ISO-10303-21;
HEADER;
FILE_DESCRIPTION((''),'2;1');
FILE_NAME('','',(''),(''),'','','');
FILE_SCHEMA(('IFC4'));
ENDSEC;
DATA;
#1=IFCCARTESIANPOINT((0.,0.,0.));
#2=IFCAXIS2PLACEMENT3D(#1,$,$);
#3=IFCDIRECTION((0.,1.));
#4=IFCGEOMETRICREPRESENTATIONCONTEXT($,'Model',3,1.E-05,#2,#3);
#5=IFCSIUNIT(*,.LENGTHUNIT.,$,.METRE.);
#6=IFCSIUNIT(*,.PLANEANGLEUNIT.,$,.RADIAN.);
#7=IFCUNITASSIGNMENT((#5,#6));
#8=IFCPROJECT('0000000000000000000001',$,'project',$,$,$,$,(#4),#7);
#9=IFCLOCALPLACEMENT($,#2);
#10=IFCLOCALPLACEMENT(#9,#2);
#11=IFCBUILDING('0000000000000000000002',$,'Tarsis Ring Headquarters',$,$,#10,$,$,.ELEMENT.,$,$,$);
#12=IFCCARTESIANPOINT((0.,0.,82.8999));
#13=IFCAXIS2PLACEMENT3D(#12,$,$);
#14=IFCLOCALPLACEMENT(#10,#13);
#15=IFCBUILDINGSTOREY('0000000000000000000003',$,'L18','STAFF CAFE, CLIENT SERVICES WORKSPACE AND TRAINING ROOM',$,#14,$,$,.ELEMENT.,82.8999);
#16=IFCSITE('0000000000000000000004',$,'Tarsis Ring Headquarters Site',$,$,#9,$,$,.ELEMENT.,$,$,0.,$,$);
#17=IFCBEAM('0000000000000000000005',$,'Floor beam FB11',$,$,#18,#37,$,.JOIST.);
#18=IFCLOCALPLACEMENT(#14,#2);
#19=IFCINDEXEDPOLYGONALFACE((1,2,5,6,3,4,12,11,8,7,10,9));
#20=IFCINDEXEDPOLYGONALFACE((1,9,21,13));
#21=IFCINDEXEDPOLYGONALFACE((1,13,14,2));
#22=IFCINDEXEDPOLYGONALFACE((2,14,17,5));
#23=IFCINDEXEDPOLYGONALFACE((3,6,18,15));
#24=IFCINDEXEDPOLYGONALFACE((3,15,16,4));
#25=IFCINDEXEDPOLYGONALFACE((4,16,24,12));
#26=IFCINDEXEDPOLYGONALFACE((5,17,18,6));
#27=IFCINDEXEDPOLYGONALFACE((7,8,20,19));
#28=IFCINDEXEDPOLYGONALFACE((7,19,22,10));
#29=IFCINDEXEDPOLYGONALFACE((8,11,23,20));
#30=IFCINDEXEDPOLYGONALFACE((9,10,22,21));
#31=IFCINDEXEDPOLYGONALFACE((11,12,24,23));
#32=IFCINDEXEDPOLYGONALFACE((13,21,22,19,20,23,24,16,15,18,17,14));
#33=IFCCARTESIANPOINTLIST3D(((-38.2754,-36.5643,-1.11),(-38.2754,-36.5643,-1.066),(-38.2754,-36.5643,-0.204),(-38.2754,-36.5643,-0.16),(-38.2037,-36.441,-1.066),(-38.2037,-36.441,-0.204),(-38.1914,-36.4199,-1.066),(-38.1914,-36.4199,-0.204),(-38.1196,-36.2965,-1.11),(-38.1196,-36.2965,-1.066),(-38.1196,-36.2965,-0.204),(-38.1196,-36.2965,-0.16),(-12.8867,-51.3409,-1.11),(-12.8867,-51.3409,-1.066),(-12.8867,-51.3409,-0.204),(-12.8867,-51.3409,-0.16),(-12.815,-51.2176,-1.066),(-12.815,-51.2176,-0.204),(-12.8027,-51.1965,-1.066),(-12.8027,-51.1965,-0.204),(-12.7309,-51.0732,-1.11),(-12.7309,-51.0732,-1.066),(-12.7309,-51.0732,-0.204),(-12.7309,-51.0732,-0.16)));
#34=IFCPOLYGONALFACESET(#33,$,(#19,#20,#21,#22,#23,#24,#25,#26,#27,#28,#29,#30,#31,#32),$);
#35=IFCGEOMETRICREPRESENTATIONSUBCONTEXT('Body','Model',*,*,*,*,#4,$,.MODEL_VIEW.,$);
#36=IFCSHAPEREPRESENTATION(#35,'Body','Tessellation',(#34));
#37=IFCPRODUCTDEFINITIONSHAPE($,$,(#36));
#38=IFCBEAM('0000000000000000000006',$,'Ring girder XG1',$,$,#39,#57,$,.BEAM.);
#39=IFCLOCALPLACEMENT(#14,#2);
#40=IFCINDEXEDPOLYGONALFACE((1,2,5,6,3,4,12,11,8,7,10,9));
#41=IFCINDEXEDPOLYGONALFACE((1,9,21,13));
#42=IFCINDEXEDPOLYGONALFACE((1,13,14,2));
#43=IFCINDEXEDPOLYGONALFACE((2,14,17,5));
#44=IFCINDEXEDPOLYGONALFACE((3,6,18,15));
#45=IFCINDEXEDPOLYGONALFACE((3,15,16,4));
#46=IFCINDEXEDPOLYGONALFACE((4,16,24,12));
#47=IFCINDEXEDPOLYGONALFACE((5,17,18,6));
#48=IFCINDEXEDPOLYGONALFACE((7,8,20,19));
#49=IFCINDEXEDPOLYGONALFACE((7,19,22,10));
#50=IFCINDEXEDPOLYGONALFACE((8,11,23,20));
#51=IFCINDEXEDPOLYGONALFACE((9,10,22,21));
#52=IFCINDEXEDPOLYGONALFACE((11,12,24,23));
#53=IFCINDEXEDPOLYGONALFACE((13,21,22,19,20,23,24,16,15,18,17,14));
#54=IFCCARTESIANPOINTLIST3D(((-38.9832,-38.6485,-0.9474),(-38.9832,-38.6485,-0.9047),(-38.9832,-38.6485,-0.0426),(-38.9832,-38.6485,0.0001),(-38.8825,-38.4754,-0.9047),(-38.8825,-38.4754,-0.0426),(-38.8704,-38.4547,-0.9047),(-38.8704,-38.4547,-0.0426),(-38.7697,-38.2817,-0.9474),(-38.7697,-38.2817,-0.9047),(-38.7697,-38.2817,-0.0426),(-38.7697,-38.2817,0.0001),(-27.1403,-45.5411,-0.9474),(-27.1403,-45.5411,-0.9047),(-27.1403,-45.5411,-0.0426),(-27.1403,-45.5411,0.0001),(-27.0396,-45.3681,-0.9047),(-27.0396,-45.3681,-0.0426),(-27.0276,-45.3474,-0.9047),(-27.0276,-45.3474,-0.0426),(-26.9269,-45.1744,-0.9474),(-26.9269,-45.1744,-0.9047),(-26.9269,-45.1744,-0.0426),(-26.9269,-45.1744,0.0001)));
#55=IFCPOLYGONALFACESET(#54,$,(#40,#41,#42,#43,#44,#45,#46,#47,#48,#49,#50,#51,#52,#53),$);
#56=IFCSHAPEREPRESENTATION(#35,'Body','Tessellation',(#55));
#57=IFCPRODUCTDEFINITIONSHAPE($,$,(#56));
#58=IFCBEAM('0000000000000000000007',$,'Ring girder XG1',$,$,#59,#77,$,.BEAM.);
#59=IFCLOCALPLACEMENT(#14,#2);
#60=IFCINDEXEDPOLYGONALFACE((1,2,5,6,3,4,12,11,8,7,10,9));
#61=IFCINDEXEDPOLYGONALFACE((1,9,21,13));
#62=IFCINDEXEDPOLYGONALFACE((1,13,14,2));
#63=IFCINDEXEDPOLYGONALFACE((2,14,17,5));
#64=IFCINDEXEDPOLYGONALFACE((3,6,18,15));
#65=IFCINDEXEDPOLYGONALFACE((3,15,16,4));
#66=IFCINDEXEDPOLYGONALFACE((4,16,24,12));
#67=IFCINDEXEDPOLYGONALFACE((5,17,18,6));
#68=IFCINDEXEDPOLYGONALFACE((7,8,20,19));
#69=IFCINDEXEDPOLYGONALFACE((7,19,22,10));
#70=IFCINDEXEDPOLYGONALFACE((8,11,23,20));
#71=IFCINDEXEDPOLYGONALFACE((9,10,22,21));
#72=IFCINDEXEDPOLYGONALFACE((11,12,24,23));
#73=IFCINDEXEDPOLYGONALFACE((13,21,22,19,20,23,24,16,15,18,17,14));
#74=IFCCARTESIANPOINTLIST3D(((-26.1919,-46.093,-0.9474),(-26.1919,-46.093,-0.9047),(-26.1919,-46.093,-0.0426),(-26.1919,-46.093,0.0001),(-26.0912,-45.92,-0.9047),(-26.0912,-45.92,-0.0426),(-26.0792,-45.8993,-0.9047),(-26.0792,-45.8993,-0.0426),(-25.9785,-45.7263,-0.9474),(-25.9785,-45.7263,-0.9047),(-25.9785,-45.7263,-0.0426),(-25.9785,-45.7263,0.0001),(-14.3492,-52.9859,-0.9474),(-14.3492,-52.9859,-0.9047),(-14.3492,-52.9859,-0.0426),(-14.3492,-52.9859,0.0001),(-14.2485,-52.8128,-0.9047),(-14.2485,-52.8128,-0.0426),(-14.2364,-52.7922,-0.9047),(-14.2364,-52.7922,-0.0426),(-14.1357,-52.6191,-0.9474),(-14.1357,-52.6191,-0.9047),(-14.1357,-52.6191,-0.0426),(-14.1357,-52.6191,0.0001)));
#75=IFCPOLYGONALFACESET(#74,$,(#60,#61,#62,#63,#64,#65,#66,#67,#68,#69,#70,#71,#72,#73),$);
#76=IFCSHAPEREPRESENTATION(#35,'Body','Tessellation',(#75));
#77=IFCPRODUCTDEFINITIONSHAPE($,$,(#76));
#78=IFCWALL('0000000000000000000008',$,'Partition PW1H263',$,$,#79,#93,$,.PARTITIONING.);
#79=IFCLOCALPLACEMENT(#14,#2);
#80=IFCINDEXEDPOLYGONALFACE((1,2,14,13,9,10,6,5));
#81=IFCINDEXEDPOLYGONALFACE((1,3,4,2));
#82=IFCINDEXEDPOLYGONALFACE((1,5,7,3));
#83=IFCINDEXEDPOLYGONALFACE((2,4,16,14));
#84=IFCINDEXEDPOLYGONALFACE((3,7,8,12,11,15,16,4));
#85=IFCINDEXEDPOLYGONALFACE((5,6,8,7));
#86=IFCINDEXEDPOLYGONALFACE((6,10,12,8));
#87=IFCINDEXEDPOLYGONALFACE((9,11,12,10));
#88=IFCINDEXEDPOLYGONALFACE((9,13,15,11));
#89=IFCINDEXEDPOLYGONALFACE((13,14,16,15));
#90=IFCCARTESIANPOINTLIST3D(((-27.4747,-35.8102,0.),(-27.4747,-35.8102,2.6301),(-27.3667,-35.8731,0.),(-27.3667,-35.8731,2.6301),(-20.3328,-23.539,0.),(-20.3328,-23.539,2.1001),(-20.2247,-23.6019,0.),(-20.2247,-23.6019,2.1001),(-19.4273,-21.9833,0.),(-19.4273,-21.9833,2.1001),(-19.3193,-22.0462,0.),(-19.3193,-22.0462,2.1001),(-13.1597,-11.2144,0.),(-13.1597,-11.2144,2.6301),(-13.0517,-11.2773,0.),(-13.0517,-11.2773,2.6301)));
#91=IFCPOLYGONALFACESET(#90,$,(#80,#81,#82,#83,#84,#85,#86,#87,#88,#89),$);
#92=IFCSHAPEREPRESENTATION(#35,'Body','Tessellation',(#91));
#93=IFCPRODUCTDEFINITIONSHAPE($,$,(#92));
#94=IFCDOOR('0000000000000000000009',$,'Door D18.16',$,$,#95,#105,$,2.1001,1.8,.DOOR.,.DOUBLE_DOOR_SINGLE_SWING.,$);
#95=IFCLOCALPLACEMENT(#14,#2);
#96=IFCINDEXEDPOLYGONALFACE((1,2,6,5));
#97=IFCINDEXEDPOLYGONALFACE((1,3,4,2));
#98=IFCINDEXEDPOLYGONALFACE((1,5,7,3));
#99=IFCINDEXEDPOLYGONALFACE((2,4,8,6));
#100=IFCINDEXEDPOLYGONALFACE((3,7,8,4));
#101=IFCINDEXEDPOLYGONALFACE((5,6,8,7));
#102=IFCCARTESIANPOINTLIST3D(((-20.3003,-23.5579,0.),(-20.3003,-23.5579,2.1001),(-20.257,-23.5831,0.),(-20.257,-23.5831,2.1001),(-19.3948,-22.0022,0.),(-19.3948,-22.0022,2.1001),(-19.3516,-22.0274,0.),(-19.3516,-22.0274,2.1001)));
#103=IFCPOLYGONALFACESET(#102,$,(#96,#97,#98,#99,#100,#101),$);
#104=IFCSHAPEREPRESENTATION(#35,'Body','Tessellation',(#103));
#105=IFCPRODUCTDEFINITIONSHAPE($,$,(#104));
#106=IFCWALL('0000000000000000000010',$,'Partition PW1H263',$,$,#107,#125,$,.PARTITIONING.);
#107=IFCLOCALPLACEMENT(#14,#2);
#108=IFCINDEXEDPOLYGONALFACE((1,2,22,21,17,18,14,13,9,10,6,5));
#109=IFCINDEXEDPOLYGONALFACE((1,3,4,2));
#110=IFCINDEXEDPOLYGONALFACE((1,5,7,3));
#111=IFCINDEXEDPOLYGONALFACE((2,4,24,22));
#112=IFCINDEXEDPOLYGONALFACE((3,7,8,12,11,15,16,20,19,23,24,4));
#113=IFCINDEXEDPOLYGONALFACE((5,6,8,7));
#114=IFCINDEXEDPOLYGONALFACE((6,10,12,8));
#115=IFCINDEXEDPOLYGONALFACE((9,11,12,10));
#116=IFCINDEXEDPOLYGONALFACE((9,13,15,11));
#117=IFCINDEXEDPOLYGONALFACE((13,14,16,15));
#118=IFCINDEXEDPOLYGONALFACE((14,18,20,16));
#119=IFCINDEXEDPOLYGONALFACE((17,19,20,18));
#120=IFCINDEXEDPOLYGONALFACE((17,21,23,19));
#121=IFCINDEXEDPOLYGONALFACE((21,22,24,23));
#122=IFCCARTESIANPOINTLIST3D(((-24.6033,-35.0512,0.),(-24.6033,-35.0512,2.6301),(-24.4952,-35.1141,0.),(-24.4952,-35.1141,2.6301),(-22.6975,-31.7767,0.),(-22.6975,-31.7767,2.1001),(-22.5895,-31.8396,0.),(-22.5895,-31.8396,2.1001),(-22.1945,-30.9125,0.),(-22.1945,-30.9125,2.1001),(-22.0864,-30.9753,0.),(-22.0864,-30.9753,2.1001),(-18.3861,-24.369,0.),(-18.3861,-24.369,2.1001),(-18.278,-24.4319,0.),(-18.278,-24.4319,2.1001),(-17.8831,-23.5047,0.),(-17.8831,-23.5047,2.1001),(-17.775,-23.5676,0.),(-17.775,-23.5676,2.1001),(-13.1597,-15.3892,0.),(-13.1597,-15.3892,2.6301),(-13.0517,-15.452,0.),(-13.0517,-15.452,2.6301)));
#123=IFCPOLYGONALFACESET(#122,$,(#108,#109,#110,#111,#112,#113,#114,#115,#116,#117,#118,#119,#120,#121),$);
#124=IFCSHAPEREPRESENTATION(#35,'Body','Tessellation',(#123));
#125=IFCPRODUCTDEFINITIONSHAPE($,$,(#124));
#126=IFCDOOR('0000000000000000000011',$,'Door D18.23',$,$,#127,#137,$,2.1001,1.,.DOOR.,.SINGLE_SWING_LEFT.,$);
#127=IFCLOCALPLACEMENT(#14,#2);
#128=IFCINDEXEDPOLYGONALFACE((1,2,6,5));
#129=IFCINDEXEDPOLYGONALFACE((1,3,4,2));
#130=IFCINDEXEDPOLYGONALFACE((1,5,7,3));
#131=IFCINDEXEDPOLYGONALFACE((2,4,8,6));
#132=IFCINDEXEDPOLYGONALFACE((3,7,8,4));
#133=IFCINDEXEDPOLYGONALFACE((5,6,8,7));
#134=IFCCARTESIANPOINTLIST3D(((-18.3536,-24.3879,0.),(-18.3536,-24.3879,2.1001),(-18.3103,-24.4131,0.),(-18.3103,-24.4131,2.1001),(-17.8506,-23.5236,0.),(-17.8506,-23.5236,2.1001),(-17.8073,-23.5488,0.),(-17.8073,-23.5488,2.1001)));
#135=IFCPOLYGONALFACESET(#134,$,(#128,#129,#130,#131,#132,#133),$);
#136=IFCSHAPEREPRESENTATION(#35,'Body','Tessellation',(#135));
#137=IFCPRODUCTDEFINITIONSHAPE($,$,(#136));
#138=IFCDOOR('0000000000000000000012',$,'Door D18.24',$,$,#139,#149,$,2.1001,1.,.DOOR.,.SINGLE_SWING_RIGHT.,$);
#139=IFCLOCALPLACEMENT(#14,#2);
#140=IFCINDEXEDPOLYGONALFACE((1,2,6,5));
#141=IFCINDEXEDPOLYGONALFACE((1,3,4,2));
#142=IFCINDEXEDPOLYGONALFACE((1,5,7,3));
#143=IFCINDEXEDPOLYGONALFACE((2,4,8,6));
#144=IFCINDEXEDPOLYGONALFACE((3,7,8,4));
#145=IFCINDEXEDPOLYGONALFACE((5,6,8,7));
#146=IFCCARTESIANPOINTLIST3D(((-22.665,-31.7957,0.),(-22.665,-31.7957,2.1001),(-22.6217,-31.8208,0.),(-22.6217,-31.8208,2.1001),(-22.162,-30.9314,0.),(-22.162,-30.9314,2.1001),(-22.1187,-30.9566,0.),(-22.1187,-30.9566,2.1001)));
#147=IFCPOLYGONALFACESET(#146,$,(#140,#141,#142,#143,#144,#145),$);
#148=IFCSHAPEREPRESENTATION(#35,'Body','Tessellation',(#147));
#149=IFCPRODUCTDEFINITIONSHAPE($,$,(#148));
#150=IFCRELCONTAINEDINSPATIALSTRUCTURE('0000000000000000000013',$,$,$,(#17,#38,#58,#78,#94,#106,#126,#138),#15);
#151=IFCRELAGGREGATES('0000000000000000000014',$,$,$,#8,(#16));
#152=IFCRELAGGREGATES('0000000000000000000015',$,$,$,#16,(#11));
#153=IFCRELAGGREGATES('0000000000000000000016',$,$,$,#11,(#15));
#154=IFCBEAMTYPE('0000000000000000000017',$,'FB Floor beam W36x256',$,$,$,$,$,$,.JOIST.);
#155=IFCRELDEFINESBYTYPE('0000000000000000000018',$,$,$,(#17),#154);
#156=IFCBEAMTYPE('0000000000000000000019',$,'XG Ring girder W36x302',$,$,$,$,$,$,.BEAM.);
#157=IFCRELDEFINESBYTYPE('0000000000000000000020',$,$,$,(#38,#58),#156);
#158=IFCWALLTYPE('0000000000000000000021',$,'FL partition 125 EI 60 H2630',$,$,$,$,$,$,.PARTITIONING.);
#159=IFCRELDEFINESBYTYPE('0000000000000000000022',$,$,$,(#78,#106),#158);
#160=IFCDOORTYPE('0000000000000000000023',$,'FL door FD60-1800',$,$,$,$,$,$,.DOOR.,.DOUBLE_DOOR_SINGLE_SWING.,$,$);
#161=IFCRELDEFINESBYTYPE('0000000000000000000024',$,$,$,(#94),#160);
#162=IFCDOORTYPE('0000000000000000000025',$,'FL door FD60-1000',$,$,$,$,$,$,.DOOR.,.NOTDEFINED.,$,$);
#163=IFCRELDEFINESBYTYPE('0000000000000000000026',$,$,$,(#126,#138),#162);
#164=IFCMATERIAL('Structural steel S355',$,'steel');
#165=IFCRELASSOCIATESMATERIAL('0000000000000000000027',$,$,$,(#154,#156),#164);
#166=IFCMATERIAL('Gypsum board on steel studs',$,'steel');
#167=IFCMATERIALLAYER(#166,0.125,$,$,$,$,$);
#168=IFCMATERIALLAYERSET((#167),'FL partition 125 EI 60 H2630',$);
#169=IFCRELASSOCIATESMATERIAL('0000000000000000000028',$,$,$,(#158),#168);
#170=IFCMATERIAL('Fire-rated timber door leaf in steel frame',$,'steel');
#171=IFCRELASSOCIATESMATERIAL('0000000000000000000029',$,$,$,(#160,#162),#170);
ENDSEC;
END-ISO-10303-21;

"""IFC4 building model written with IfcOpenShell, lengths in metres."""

from ifc_helpers import new_model, si_unit, direction, frame, frame_2d, origin, origin_2d, place, context, subcontext, project, spatial, rectangle, i_section, extrude, material, layer, layer_set, material_profile, profile_set, type_object, element, fill, save


model = new_model("IFC4")

# Units and contexts
model_context = context("Model", 3, precision=1e-05, world=origin(), true_north=direction((0.0, 1.0)))
body_context = subcontext(model_context, "Body", "Model", "MODEL_VIEW")
ifc_project = project(units=[si_unit("LENGTHUNIT", "METRE"), si_unit("PLANEANGLEUNIT", "RADIAN")], contexts=[model_context])

# Site, building, storey
site_placement = place(None, origin())
site = spatial("IfcSite", under=ifc_project, at=site_placement, Name="Tarsis Ring Headquarters Site", CompositionType="ELEMENT", RefElevation=0.0)
building_placement = place(site_placement, origin())
building = spatial("IfcBuilding", under=site, at=building_placement, Name="Tarsis Ring Headquarters", CompositionType="ELEMENT")
storey_placement = place(building_placement, frame((0.0, 0.0, 82.8999)))
storey = spatial("IfcBuildingStorey", under=building, at=storey_placement, Name="L18", Description="STAFF CAFE, CLIENT SERVICES WORKSPACE AND TRAINING ROOM", CompositionType="ELEMENT", Elevation=82.8999)

# Beams
ifc_material_1 = material(Name="Structural steel S355", Category="steel")
ifc_material_profile_1 = material_profile(ifc_material_1, i_section(OverallWidth=0.3098, OverallDepth=0.95, WebThickness=0.0244, FlangeThickness=0.0439, at=origin_2d()), Name="W36x256")
ifc_profile_set_1 = profile_set([ifc_material_profile_1], Name="Structural steel S355")
beam_type_1 = type_object("IfcBeamType", Name="FB Floor beam W36x256", PredefinedType="JOIST", material=ifc_profile_set_1)
beam_placement = place(storey_placement, frame((-38.1975, -36.4304, -0.635), z_axis=(0.864274, -0.503021, 0.0), x_axis=(0.503021, 0.864274, 0.0)))
element("IfcBeam", 1, at=beam_placement, inside=storey, type_object=beam_type_1, Name="Floor beam FB11", PredefinedType="JOIST", context=body_context, shape_type="SweptSolid", body=[
    extrude(i_section(OverallWidth=0.3098, OverallDepth=0.95, WebThickness=0.0244, FlangeThickness=0.0439, at=origin_2d()), origin(), (0.0, 0.0, 1.0), 29.3757),
])
ifc_material_profile_2 = material_profile(ifc_material_1, i_section(OverallWidth=0.4243, OverallDepth=0.9475, WebThickness=0.0239, FlangeThickness=0.0427, at=origin_2d()), Name="W36x302")
ifc_profile_set_2 = profile_set([ifc_material_profile_2], Name="Structural steel S355")
beam_type_2 = type_object("IfcBeamType", Name="XG Ring girder W36x302", PredefinedType="BEAM", material=ifc_profile_set_2)
for number, where, z_axis, x_axis, name in (
    (2, (-38.8765, -38.4651, -0.4736), (0.864277, -0.503016, 0.0), (0.503016, 0.864277, 0.0), "Ring girder XG1"),
    (3, (-26.0852, -45.9097, -0.4736), (0.86427, -0.503029, 0.0), (0.503029, 0.86427, 0.0), "Ring girder XG1"),
):
    element("IfcBeam", number, at=place(storey_placement, frame(where, z_axis=z_axis, x_axis=x_axis)), inside=storey, type_object=beam_type_2, Name=name, PredefinedType="BEAM", context=body_context, shape_type="SweptSolid", body=[
        extrude(i_section(OverallWidth=0.4243, OverallDepth=0.9475, WebThickness=0.0239, FlangeThickness=0.0427, at=origin_2d()), origin(), (0.0, 0.0, 1.0), 13.7026),
    ])

# Wall, opening, door
ifc_material_2 = material(Name="Gypsum board on steel studs", Category="steel")
ifc_layer_1 = layer(ifc_material_2, 0.125)
ifc_layer_set_1 = layer_set([ifc_layer_1], Name="FL partition 125 EI 60 H2630")
wall_type_1 = type_object("IfcWallType", Name="FL partition 125 EI 60 H2630", PredefinedType="PARTITIONING", material=ifc_layer_set_1)
wall_1_placement = place(storey_placement, frame((-27.4207, -35.8416, 0.0), z_axis=(0.0, 0.0, 1.0), x_axis=(0.503017, 0.864276, 0.0)))
wall_1 = element("IfcWall", 4, at=wall_1_placement, inside=storey, type_object=wall_type_1, Name="Partition PW1H263", PredefinedType="PARTITIONING", context=body_context, shape_type="SweptSolid", body=[
    extrude(rectangle(XDim=28.4583, YDim=0.125, at=frame_2d((14.229, 0.0))), origin(), (0.0, 0.0, 1.0), 2.6301),
])
opening_1_placement = place(wall_1_placement, frame((14.1982, 0.0, 0.0)))
opening_1 = element("IfcOpeningElement", 5, at=opening_1_placement, cuts=wall_1, PredefinedType="OPENING", context=body_context, shape_type="SweptSolid", body=[
    extrude(rectangle(XDim=1.8, YDim=2.1001, at=frame_2d((0.8999, 1.05))), frame((0.0, 0.0725, 0.0), z_axis=(0.0, -1.0, 0.0), x_axis=(1.0, 0.0, 0.0)), (0.0, 0.0, 1.0), 0.145),
])
ifc_material_3 = material(Name="Fire-rated timber door leaf in steel frame", Category="steel")
door_type_1 = type_object("IfcDoorType", Name="FL door FD60-1800", OperationType="DOUBLE_DOOR_SINGLE_SWING", PredefinedType="DOOR", material=ifc_material_3)
door_1_placement = place(opening_1_placement, origin())
door_1 = element("IfcDoor", 6, at=door_1_placement, inside=storey, type_object=door_type_1, Name="Door D18.16", OperationType="DOUBLE_DOOR_SINGLE_SWING", OverallHeight=2.1001, OverallWidth=1.8, PredefinedType="DOOR", context=body_context, shape_type="SweptSolid", body=[
    extrude(rectangle(XDim=1.8, YDim=2.1001, at=frame_2d((0.8999, 1.05))), frame((0.0, 0.0249, 0.0), z_axis=(0.0, -1.0, 0.0), x_axis=(1.0, 0.0, 0.0)), (0.0, 0.0, 1.0), 0.05),
])
fill(opening_1, door_1)

# Wall, openings, doors
wall_2_placement = place(storey_placement, frame((-24.5493, -35.0828, 0.0), z_axis=(0.0, 0.0, 1.0), x_axis=(0.503019, 0.864275, 0.0)))
wall_2 = element("IfcWall", 7, at=wall_2_placement, inside=storey, type_object=wall_type_1, Name="Partition PW1H263", PredefinedType="PARTITIONING", context=body_context, shape_type="SweptSolid", body=[
    extrude(rectangle(XDim=22.7498, YDim=0.125, at=frame_2d((11.375, 0.0))), origin(), (0.0, 0.0, 1.0), 2.6301),
])
opening_2_placement = place(wall_2_placement, frame((12.3599, 0.0, 0.0)))
opening_2 = element("IfcOpeningElement", 8, at=opening_2_placement, cuts=wall_2, PredefinedType="OPENING", context=body_context, shape_type="SweptSolid", body=[
    extrude(rectangle(XDim=1.0, YDim=2.1001, at=frame_2d((0.5, 1.05))), frame((0.0, 0.0725, 0.0), z_axis=(0.0, -1.0, 0.0), x_axis=(1.0, 0.0, 0.0)), (0.0, 0.0, 1.0), 0.145),
])
opening_3_placement = place(wall_2_placement, frame((3.7888, 0.0, 0.0)))
opening_3 = element("IfcOpeningElement", 9, at=opening_3_placement, cuts=wall_2, PredefinedType="OPENING", context=body_context, shape_type="SweptSolid", body=[
    extrude(rectangle(XDim=1.0, YDim=2.1001, at=frame_2d((0.5, 1.05))), frame((0.0, 0.0725, 0.0), z_axis=(0.0, -1.0, 0.0), x_axis=(1.0, 0.0, 0.0)), (0.0, 0.0, 1.0), 0.145),
])
door_type_2 = type_object("IfcDoorType", Name="FL door FD60-1000", OperationType="NOTDEFINED", PredefinedType="DOOR", material=ifc_material_3)
door_2_placement = place(opening_2_placement, origin())
door_2 = element("IfcDoor", 10, at=door_2_placement, inside=storey, type_object=door_type_2, Name="Door D18.23", OperationType="SINGLE_SWING_LEFT", OverallHeight=2.1001, OverallWidth=1.0, PredefinedType="DOOR", context=body_context, shape_type="SweptSolid", body=[
    extrude(rectangle(XDim=1.0, YDim=2.1001, at=frame_2d((0.5, 1.05))), frame((0.0, 0.0249, 0.0), z_axis=(0.0, -1.0, 0.0), x_axis=(1.0, 0.0, 0.0)), (0.0, 0.0, 1.0), 0.05),
])
fill(opening_2, door_2)
door_3_placement = place(opening_3_placement, origin())
door_3 = element("IfcDoor", 11, at=door_3_placement, inside=storey, type_object=door_type_2, Name="Door D18.24", OperationType="SINGLE_SWING_RIGHT", OverallHeight=2.1001, OverallWidth=1.0, PredefinedType="DOOR", context=body_context, shape_type="SweptSolid", body=[
    extrude(rectangle(XDim=1.0, YDim=2.1001, at=frame_2d((0.5, 1.05))), frame((0.0, 0.0249, 0.0), z_axis=(0.0, -1.0, 0.0), x_axis=(1.0, 0.0, 0.0)), (0.0, 0.0, 1.0), 0.05),
])
fill(opening_3, door_3)

save(model, "model.ifc")
